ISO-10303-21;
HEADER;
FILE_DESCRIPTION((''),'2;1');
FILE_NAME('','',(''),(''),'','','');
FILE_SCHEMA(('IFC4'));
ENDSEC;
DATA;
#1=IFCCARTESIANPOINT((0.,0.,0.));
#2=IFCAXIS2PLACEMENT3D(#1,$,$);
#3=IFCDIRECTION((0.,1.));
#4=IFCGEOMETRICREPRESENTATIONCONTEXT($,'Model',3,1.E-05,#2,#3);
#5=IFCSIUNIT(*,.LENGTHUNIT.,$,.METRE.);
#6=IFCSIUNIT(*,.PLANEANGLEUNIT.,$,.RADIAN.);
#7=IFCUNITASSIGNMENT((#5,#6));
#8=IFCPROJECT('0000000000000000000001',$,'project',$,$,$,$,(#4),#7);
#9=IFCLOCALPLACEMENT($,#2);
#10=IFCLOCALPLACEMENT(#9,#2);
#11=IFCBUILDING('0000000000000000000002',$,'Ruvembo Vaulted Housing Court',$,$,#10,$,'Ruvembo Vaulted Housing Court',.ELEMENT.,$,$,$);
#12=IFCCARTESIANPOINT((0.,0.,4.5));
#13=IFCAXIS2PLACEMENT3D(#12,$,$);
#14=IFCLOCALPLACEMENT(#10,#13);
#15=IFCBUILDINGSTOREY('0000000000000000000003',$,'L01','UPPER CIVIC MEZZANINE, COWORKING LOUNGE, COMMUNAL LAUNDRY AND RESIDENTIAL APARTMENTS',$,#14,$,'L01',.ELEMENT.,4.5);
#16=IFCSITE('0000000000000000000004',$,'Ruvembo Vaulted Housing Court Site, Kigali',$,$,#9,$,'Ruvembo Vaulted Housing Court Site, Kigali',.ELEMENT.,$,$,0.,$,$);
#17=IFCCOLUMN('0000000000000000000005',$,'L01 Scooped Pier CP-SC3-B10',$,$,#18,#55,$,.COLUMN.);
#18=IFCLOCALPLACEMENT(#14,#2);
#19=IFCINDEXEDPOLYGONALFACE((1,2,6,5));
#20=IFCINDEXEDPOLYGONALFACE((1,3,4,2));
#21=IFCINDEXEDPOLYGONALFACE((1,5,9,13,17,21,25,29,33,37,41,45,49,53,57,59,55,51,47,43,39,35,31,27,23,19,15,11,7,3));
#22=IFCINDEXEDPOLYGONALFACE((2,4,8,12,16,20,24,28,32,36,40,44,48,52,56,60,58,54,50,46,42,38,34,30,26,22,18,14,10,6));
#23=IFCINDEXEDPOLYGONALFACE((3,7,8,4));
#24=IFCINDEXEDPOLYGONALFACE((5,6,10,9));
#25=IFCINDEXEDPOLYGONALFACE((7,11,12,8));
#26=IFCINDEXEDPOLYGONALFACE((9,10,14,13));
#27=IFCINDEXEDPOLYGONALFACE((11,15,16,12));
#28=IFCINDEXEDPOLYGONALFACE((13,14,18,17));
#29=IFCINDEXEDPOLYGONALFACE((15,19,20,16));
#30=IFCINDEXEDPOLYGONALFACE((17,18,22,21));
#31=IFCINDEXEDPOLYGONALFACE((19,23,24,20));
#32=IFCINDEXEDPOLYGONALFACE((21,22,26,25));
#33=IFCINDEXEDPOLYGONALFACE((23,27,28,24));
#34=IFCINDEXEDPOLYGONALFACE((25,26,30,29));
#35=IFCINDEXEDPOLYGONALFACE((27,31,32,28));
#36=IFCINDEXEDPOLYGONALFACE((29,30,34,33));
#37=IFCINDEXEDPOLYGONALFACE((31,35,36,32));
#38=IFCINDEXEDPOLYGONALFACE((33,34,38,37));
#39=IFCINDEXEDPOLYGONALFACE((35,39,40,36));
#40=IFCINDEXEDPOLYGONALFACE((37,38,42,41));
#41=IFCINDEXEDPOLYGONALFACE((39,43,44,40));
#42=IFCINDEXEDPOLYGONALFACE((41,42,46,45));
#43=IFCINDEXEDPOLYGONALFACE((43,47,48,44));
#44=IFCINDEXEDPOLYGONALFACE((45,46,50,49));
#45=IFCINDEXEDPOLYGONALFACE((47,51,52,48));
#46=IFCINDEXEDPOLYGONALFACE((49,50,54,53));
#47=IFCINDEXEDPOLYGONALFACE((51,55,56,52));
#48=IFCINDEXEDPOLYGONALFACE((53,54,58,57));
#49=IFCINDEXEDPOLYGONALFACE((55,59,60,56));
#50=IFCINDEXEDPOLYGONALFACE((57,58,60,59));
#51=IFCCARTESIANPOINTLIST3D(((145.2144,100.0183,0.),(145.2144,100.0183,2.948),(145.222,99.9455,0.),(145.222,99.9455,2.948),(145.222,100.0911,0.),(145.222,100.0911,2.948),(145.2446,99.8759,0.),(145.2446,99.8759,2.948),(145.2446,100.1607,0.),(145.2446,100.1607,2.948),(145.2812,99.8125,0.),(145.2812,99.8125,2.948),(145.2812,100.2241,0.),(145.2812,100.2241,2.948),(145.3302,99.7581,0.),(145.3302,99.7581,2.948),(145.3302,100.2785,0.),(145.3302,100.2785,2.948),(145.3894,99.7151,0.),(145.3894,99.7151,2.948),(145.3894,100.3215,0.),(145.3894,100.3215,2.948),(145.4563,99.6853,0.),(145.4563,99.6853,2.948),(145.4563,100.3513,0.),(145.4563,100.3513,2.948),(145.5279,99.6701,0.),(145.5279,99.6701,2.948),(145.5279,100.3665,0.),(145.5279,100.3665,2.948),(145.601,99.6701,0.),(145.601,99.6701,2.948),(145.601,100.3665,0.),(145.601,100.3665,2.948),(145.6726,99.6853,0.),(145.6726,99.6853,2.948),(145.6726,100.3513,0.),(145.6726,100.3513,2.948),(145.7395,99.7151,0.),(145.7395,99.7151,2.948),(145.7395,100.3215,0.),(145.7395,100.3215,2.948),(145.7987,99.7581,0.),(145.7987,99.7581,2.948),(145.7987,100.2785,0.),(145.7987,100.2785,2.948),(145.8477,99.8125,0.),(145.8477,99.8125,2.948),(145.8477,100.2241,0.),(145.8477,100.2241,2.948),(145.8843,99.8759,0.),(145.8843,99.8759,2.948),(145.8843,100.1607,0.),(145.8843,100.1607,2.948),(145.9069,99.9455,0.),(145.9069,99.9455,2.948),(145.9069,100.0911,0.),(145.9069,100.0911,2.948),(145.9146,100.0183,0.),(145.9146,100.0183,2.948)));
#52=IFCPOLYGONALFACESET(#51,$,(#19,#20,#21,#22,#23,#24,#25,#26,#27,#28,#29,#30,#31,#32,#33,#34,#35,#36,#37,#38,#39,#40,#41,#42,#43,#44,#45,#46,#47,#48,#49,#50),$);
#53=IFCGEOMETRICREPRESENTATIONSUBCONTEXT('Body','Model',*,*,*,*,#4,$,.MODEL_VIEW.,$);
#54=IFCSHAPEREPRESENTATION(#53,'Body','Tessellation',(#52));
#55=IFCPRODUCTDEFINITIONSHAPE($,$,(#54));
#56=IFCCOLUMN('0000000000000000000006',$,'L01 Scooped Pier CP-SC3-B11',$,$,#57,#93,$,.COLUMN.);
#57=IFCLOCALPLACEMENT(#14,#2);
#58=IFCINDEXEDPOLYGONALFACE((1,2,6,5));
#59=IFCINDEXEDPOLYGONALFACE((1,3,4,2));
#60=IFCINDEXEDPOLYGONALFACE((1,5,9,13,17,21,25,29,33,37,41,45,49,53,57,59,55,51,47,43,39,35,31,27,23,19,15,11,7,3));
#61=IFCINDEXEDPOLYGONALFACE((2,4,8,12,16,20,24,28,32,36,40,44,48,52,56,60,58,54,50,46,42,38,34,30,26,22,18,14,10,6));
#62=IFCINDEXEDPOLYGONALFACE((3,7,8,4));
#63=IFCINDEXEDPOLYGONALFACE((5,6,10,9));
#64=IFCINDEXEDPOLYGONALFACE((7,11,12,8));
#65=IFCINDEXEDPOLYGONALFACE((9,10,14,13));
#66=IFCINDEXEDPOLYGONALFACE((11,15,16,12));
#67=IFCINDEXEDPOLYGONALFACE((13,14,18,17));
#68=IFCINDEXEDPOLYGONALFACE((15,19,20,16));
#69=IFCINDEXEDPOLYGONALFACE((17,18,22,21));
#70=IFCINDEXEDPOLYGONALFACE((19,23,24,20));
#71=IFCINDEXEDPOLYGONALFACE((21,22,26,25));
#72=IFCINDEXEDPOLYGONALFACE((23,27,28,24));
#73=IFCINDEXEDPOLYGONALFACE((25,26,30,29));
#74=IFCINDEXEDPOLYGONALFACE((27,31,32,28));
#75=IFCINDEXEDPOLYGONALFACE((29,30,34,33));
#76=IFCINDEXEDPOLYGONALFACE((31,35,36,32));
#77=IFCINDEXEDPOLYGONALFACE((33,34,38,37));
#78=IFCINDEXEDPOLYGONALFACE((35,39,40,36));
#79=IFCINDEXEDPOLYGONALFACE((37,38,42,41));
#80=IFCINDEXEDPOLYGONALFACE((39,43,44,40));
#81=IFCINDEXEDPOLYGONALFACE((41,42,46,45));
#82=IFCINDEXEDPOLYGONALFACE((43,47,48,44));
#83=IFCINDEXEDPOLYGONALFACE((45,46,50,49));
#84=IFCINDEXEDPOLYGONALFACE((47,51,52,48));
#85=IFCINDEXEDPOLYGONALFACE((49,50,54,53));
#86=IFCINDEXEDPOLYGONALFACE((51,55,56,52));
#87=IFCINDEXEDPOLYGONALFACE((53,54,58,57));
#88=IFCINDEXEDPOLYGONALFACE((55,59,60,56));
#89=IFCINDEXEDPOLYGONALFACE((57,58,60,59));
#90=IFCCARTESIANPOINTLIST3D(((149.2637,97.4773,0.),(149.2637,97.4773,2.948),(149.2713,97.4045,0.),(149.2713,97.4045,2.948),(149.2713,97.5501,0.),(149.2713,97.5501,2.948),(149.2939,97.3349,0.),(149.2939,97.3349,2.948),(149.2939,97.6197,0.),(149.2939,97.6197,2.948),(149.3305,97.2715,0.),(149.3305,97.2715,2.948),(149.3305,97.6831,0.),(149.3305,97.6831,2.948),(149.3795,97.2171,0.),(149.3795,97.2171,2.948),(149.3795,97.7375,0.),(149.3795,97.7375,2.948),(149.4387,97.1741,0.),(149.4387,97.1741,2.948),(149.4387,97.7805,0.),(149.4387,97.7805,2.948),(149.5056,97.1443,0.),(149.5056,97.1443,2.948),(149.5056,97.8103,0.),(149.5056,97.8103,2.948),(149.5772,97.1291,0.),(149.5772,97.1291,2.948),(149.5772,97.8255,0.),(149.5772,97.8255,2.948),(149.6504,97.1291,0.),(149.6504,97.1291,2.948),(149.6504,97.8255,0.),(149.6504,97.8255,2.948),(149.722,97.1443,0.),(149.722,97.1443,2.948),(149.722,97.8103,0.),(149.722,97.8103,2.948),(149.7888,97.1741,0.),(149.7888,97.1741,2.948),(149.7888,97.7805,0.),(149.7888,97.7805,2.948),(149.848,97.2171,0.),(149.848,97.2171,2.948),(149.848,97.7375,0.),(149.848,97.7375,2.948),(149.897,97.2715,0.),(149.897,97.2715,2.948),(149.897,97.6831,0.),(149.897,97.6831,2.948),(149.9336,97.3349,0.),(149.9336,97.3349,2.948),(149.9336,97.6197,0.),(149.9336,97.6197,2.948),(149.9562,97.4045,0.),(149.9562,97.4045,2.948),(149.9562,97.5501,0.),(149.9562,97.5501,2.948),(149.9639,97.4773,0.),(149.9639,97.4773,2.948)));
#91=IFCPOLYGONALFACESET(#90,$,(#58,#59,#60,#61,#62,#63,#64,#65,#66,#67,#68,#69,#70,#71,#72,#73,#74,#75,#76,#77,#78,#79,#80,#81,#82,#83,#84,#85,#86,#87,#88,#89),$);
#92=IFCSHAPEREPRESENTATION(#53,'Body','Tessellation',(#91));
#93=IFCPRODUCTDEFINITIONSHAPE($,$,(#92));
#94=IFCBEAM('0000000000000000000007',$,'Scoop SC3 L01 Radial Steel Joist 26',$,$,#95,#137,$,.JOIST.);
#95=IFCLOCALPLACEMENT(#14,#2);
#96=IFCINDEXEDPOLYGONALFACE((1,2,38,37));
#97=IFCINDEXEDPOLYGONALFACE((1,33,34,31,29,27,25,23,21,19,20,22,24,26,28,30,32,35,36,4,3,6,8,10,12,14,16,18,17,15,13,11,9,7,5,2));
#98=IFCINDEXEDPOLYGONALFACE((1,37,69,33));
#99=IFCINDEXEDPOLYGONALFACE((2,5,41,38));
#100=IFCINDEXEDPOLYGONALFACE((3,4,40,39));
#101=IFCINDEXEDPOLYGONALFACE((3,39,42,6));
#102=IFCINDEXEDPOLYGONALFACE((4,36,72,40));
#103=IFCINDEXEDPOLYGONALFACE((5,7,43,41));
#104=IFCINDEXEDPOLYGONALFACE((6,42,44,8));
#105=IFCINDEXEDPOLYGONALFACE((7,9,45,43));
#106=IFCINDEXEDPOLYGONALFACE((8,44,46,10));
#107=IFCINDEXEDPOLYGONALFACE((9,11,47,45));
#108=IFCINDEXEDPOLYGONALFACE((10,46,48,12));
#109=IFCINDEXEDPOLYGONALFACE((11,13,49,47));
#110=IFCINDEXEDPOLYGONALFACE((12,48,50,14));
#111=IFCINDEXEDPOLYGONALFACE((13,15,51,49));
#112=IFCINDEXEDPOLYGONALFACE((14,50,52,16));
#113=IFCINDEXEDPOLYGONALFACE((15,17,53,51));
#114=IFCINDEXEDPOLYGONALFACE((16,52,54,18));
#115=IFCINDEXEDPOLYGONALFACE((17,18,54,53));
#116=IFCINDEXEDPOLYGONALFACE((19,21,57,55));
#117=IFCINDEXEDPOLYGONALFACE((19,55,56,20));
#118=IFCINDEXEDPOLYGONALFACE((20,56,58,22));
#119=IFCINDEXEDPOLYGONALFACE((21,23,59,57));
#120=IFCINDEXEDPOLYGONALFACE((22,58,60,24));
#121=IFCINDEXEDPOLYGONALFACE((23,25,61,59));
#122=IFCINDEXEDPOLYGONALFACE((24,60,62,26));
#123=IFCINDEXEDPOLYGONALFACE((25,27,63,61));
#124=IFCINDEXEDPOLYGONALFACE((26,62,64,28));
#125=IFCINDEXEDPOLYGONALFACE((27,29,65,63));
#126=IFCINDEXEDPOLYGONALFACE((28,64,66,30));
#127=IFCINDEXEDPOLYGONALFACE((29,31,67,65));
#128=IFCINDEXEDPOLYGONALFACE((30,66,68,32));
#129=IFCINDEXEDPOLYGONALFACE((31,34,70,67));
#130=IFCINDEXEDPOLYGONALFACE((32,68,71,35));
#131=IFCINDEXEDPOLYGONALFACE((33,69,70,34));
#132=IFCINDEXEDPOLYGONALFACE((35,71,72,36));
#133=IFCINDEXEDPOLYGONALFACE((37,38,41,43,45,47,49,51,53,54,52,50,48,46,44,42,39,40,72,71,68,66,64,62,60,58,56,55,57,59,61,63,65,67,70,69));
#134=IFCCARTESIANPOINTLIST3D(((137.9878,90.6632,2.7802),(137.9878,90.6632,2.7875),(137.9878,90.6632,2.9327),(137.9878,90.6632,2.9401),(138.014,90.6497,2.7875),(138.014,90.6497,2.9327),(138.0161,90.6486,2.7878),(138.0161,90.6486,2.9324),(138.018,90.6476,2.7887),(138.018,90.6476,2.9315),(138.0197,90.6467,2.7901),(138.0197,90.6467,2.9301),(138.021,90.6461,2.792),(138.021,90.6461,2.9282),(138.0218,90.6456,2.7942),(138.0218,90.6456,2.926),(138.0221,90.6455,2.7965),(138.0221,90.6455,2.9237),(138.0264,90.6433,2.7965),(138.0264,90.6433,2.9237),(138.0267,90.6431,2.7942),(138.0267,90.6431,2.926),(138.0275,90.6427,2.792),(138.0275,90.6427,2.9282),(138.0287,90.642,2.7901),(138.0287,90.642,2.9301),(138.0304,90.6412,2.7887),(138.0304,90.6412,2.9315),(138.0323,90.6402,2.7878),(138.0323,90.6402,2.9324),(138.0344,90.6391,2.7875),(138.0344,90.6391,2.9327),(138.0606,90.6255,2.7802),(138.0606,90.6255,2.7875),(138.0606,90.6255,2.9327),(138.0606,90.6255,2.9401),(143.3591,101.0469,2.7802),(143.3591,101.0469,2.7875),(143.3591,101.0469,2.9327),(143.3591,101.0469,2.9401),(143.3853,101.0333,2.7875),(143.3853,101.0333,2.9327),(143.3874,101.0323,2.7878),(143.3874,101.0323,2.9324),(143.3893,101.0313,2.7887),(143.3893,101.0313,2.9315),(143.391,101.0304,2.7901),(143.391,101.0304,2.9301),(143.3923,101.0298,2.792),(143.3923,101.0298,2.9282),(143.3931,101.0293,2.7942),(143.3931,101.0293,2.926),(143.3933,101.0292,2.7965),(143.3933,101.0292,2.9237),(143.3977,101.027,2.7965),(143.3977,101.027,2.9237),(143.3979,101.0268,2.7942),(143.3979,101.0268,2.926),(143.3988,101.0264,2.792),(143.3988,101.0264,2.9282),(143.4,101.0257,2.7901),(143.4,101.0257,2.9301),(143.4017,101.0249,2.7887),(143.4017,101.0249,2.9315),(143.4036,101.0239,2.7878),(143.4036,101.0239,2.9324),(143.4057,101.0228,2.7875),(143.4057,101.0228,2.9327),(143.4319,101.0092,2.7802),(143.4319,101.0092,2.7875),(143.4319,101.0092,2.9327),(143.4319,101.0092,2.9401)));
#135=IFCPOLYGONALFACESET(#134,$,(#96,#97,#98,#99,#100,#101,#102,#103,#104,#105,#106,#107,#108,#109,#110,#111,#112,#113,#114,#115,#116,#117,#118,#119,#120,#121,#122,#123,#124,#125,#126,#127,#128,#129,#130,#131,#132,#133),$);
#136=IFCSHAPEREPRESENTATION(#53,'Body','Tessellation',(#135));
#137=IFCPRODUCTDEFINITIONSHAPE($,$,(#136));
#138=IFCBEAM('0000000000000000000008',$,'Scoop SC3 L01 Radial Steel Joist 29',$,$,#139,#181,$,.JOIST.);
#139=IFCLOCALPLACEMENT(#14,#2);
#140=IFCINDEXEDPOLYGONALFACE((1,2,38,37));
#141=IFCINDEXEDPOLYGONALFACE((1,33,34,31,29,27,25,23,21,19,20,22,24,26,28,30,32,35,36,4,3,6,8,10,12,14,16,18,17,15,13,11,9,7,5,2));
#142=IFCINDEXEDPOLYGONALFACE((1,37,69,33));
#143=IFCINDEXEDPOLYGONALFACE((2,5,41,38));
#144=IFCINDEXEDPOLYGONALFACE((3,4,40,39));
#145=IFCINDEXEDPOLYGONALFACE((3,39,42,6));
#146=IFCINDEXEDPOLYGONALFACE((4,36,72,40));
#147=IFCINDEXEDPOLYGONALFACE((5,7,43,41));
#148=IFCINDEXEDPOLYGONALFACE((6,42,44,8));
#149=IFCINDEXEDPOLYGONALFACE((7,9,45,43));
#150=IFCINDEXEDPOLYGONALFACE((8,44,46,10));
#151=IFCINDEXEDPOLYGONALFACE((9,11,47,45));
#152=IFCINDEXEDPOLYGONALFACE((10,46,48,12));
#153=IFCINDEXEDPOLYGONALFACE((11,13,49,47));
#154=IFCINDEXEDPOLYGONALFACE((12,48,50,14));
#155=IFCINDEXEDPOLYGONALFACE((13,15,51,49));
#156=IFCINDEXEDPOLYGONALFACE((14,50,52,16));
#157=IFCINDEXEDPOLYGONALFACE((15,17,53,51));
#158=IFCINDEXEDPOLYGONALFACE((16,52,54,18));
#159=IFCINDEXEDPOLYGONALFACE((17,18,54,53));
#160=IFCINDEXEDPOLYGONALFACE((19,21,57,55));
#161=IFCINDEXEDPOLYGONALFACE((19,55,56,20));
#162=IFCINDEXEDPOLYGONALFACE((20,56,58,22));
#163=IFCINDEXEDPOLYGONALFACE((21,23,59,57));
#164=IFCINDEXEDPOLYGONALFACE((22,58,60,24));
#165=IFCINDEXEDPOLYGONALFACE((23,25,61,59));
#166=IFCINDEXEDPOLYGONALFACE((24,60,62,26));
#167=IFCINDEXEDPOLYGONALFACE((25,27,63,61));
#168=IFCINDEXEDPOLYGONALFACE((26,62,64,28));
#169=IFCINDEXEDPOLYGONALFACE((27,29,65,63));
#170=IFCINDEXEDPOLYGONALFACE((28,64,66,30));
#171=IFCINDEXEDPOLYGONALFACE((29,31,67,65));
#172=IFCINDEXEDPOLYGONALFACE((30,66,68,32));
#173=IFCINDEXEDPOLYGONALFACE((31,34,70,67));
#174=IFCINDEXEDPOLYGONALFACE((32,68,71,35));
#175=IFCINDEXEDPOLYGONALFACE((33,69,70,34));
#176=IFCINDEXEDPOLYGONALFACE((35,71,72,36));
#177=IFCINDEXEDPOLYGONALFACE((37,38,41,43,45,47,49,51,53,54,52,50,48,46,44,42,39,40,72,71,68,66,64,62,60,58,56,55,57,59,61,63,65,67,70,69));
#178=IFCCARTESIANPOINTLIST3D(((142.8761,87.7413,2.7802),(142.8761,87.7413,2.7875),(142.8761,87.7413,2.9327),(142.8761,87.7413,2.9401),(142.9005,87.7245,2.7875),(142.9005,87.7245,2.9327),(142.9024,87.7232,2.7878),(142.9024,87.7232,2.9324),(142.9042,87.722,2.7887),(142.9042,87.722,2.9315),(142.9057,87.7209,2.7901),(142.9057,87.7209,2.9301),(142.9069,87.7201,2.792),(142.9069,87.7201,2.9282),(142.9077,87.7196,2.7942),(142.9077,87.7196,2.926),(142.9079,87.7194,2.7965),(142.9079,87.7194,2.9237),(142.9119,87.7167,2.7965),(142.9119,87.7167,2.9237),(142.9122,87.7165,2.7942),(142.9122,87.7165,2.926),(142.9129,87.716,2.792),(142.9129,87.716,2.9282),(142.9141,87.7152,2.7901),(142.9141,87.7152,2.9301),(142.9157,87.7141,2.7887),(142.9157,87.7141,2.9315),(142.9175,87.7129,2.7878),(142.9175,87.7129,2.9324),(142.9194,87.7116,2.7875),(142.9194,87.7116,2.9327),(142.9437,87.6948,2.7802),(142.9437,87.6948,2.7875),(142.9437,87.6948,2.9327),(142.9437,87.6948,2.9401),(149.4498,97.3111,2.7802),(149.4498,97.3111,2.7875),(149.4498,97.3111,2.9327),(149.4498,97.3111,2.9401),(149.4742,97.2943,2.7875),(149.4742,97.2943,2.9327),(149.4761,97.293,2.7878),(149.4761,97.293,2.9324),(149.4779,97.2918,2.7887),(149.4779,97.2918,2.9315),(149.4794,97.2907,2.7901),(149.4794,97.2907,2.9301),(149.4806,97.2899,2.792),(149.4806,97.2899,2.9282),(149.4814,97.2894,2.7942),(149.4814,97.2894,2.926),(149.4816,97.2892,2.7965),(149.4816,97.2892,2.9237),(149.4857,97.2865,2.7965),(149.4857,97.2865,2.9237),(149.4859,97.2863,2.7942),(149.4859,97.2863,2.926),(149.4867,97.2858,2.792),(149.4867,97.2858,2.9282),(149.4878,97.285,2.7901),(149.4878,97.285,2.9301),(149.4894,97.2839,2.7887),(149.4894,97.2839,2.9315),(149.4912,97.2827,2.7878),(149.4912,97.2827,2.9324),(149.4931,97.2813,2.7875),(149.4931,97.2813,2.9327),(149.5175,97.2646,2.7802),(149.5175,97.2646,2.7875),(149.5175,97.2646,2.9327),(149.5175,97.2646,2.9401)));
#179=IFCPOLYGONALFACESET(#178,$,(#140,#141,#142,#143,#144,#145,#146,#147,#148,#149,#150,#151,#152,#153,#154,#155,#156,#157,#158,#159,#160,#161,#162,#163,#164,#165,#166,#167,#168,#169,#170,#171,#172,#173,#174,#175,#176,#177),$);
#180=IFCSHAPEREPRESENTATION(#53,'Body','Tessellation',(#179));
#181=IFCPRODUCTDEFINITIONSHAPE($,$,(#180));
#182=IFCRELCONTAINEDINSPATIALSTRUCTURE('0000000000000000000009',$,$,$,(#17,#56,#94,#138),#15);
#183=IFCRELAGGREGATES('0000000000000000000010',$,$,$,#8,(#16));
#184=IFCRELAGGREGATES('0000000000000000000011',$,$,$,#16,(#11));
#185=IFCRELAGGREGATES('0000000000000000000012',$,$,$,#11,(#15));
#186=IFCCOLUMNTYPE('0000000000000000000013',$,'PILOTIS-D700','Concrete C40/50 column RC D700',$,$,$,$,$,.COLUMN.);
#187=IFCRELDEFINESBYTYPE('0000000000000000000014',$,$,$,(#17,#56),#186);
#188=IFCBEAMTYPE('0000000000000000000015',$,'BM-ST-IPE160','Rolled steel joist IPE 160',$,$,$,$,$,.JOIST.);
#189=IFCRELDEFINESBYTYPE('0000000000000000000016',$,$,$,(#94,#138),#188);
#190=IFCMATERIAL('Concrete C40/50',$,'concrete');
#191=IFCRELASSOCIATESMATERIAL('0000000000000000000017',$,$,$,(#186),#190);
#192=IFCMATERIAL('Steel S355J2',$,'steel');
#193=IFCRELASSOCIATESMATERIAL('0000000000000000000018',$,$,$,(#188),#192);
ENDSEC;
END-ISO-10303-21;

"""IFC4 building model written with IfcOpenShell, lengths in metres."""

from ifc_helpers import new_model, si_unit, direction, frame, origin, origin_2d, place, context, subcontext, project, spatial, circle, i_section, extrude, material, material_profile, profile_set, type_object, element, save


model = new_model("IFC4")

# Units and contexts
model_context = context("Model", 3, precision=1e-05, world=origin(), true_north=direction((0.0, 1.0)))
body_context = subcontext(model_context, "Body", "Model", "MODEL_VIEW")
ifc_project = project(units=[si_unit("LENGTHUNIT", "METRE"), si_unit("PLANEANGLEUNIT", "RADIAN")], contexts=[model_context])

# Site, building, storey
site_placement = place(None, origin())
site = spatial("IfcSite", under=ifc_project, at=site_placement, Name="Ruvembo Vaulted Housing Court Site, Kigali", LongName="Ruvembo Vaulted Housing Court Site, Kigali", CompositionType="ELEMENT", RefElevation=0.0)
building_placement = place(site_placement, origin())
building = spatial("IfcBuilding", under=site, at=building_placement, Name="Ruvembo Vaulted Housing Court", LongName="Ruvembo Vaulted Housing Court", CompositionType="ELEMENT")
storey_placement = place(building_placement, frame((0.0, 0.0, 4.5)))
storey = spatial("IfcBuildingStorey", under=building, at=storey_placement, Name="L01", Description="UPPER CIVIC MEZZANINE, COWORKING LOUNGE, COMMUNAL LAUNDRY AND RESIDENTIAL APARTMENTS", LongName="L01", CompositionType="ELEMENT", Elevation=4.5)

# Columns
ifc_material_1 = material(Name="Concrete C40/50", Category="concrete")
ifc_material_profile_1 = material_profile(ifc_material_1, circle(Radius=0.3501, at=origin_2d()), Name="RC D700")
ifc_profile_set_1 = profile_set([ifc_material_profile_1], Name="Concrete C40/50")
column_type = type_object("IfcColumnType", Name="PILOTIS-D700", Description="Concrete C40/50 column RC D700", PredefinedType="COLUMN", material=ifc_profile_set_1)
for number, where, z_axis, x_axis, name in (
    (1, (145.5645, 100.0183, 0.0), (0.0, 0.0, 1.0), (1.0, 0.0, 0.0), "L01 Scooped Pier CP-SC3-B10"),
    (2, (149.6138, 97.4773, 0.0), (0.0, 0.0, 1.0), (1.0, 0.0, 0.0), "L01 Scooped Pier CP-SC3-B11"),
):
    element("IfcColumn", number, at=place(storey_placement, frame(where, z_axis=z_axis, x_axis=x_axis)), inside=storey, type_object=column_type, Name=name, PredefinedType="COLUMN", context=body_context, shape_type="SweptSolid", body=[
        extrude(circle(Radius=0.3501, at=origin_2d()), origin(), (0.0, 0.0, 1.0), 2.948),
    ])

# Beams
ifc_material_2 = material(Name="Steel S355J2", Category="steel")
ifc_material_profile_2 = material_profile(ifc_material_2, i_section(OverallWidth=0.082, OverallDepth=0.1599, WebThickness=0.0049, FlangeThickness=0.0073, FilletRadius=0.009, at=origin_2d()), Name="IPE 160")
ifc_profile_set_2 = profile_set([ifc_material_profile_2], Name="Steel S355J2")
beam_type_1 = type_object("IfcBeamType", Name="BM-ST-IPE160", Description="Rolled steel joist IPE 160", PredefinedType="JOIST", material=ifc_profile_set_2)
beam_1_placement = place(storey_placement, frame((143.3955, 101.0281, 2.8601), z_axis=(-0.459451, -0.888203, 0.0), x_axis=(0.888203, -0.459451, 0.0)))
element("IfcBeam", 3, at=beam_1_placement, inside=storey, type_object=beam_type_1, Name="Scoop SC3 L01 Radial Steel Joist 26", PredefinedType="JOIST", context=body_context, shape_type="SweptSolid", body=[
    extrude(i_section(OverallWidth=0.082, OverallDepth=0.1599, WebThickness=0.0049, FlangeThickness=0.0073, FilletRadius=0.009, at=origin_2d()), origin(), (0.0, 0.0, 1.0), 11.6907),
])
beam_2_placement = place(storey_placement, frame((149.4836, 97.2878, 2.8601), z_axis=(-0.566206, -0.824264, 0.0), x_axis=(0.824264, -0.566206, 0.0)))
element("IfcBeam", 4, at=beam_2_placement, inside=storey, type_object=beam_type_1, Name="Scoop SC3 L01 Radial Steel Joist 29", PredefinedType="JOIST", context=body_context, shape_type="SweptSolid", body=[
    extrude(i_section(OverallWidth=0.082, OverallDepth=0.1599, WebThickness=0.0049, FlangeThickness=0.0073, FilletRadius=0.009, at=origin_2d()), origin(), (0.0, 0.0, 1.0), 11.6101),
])

save(model, "model.ifc")
